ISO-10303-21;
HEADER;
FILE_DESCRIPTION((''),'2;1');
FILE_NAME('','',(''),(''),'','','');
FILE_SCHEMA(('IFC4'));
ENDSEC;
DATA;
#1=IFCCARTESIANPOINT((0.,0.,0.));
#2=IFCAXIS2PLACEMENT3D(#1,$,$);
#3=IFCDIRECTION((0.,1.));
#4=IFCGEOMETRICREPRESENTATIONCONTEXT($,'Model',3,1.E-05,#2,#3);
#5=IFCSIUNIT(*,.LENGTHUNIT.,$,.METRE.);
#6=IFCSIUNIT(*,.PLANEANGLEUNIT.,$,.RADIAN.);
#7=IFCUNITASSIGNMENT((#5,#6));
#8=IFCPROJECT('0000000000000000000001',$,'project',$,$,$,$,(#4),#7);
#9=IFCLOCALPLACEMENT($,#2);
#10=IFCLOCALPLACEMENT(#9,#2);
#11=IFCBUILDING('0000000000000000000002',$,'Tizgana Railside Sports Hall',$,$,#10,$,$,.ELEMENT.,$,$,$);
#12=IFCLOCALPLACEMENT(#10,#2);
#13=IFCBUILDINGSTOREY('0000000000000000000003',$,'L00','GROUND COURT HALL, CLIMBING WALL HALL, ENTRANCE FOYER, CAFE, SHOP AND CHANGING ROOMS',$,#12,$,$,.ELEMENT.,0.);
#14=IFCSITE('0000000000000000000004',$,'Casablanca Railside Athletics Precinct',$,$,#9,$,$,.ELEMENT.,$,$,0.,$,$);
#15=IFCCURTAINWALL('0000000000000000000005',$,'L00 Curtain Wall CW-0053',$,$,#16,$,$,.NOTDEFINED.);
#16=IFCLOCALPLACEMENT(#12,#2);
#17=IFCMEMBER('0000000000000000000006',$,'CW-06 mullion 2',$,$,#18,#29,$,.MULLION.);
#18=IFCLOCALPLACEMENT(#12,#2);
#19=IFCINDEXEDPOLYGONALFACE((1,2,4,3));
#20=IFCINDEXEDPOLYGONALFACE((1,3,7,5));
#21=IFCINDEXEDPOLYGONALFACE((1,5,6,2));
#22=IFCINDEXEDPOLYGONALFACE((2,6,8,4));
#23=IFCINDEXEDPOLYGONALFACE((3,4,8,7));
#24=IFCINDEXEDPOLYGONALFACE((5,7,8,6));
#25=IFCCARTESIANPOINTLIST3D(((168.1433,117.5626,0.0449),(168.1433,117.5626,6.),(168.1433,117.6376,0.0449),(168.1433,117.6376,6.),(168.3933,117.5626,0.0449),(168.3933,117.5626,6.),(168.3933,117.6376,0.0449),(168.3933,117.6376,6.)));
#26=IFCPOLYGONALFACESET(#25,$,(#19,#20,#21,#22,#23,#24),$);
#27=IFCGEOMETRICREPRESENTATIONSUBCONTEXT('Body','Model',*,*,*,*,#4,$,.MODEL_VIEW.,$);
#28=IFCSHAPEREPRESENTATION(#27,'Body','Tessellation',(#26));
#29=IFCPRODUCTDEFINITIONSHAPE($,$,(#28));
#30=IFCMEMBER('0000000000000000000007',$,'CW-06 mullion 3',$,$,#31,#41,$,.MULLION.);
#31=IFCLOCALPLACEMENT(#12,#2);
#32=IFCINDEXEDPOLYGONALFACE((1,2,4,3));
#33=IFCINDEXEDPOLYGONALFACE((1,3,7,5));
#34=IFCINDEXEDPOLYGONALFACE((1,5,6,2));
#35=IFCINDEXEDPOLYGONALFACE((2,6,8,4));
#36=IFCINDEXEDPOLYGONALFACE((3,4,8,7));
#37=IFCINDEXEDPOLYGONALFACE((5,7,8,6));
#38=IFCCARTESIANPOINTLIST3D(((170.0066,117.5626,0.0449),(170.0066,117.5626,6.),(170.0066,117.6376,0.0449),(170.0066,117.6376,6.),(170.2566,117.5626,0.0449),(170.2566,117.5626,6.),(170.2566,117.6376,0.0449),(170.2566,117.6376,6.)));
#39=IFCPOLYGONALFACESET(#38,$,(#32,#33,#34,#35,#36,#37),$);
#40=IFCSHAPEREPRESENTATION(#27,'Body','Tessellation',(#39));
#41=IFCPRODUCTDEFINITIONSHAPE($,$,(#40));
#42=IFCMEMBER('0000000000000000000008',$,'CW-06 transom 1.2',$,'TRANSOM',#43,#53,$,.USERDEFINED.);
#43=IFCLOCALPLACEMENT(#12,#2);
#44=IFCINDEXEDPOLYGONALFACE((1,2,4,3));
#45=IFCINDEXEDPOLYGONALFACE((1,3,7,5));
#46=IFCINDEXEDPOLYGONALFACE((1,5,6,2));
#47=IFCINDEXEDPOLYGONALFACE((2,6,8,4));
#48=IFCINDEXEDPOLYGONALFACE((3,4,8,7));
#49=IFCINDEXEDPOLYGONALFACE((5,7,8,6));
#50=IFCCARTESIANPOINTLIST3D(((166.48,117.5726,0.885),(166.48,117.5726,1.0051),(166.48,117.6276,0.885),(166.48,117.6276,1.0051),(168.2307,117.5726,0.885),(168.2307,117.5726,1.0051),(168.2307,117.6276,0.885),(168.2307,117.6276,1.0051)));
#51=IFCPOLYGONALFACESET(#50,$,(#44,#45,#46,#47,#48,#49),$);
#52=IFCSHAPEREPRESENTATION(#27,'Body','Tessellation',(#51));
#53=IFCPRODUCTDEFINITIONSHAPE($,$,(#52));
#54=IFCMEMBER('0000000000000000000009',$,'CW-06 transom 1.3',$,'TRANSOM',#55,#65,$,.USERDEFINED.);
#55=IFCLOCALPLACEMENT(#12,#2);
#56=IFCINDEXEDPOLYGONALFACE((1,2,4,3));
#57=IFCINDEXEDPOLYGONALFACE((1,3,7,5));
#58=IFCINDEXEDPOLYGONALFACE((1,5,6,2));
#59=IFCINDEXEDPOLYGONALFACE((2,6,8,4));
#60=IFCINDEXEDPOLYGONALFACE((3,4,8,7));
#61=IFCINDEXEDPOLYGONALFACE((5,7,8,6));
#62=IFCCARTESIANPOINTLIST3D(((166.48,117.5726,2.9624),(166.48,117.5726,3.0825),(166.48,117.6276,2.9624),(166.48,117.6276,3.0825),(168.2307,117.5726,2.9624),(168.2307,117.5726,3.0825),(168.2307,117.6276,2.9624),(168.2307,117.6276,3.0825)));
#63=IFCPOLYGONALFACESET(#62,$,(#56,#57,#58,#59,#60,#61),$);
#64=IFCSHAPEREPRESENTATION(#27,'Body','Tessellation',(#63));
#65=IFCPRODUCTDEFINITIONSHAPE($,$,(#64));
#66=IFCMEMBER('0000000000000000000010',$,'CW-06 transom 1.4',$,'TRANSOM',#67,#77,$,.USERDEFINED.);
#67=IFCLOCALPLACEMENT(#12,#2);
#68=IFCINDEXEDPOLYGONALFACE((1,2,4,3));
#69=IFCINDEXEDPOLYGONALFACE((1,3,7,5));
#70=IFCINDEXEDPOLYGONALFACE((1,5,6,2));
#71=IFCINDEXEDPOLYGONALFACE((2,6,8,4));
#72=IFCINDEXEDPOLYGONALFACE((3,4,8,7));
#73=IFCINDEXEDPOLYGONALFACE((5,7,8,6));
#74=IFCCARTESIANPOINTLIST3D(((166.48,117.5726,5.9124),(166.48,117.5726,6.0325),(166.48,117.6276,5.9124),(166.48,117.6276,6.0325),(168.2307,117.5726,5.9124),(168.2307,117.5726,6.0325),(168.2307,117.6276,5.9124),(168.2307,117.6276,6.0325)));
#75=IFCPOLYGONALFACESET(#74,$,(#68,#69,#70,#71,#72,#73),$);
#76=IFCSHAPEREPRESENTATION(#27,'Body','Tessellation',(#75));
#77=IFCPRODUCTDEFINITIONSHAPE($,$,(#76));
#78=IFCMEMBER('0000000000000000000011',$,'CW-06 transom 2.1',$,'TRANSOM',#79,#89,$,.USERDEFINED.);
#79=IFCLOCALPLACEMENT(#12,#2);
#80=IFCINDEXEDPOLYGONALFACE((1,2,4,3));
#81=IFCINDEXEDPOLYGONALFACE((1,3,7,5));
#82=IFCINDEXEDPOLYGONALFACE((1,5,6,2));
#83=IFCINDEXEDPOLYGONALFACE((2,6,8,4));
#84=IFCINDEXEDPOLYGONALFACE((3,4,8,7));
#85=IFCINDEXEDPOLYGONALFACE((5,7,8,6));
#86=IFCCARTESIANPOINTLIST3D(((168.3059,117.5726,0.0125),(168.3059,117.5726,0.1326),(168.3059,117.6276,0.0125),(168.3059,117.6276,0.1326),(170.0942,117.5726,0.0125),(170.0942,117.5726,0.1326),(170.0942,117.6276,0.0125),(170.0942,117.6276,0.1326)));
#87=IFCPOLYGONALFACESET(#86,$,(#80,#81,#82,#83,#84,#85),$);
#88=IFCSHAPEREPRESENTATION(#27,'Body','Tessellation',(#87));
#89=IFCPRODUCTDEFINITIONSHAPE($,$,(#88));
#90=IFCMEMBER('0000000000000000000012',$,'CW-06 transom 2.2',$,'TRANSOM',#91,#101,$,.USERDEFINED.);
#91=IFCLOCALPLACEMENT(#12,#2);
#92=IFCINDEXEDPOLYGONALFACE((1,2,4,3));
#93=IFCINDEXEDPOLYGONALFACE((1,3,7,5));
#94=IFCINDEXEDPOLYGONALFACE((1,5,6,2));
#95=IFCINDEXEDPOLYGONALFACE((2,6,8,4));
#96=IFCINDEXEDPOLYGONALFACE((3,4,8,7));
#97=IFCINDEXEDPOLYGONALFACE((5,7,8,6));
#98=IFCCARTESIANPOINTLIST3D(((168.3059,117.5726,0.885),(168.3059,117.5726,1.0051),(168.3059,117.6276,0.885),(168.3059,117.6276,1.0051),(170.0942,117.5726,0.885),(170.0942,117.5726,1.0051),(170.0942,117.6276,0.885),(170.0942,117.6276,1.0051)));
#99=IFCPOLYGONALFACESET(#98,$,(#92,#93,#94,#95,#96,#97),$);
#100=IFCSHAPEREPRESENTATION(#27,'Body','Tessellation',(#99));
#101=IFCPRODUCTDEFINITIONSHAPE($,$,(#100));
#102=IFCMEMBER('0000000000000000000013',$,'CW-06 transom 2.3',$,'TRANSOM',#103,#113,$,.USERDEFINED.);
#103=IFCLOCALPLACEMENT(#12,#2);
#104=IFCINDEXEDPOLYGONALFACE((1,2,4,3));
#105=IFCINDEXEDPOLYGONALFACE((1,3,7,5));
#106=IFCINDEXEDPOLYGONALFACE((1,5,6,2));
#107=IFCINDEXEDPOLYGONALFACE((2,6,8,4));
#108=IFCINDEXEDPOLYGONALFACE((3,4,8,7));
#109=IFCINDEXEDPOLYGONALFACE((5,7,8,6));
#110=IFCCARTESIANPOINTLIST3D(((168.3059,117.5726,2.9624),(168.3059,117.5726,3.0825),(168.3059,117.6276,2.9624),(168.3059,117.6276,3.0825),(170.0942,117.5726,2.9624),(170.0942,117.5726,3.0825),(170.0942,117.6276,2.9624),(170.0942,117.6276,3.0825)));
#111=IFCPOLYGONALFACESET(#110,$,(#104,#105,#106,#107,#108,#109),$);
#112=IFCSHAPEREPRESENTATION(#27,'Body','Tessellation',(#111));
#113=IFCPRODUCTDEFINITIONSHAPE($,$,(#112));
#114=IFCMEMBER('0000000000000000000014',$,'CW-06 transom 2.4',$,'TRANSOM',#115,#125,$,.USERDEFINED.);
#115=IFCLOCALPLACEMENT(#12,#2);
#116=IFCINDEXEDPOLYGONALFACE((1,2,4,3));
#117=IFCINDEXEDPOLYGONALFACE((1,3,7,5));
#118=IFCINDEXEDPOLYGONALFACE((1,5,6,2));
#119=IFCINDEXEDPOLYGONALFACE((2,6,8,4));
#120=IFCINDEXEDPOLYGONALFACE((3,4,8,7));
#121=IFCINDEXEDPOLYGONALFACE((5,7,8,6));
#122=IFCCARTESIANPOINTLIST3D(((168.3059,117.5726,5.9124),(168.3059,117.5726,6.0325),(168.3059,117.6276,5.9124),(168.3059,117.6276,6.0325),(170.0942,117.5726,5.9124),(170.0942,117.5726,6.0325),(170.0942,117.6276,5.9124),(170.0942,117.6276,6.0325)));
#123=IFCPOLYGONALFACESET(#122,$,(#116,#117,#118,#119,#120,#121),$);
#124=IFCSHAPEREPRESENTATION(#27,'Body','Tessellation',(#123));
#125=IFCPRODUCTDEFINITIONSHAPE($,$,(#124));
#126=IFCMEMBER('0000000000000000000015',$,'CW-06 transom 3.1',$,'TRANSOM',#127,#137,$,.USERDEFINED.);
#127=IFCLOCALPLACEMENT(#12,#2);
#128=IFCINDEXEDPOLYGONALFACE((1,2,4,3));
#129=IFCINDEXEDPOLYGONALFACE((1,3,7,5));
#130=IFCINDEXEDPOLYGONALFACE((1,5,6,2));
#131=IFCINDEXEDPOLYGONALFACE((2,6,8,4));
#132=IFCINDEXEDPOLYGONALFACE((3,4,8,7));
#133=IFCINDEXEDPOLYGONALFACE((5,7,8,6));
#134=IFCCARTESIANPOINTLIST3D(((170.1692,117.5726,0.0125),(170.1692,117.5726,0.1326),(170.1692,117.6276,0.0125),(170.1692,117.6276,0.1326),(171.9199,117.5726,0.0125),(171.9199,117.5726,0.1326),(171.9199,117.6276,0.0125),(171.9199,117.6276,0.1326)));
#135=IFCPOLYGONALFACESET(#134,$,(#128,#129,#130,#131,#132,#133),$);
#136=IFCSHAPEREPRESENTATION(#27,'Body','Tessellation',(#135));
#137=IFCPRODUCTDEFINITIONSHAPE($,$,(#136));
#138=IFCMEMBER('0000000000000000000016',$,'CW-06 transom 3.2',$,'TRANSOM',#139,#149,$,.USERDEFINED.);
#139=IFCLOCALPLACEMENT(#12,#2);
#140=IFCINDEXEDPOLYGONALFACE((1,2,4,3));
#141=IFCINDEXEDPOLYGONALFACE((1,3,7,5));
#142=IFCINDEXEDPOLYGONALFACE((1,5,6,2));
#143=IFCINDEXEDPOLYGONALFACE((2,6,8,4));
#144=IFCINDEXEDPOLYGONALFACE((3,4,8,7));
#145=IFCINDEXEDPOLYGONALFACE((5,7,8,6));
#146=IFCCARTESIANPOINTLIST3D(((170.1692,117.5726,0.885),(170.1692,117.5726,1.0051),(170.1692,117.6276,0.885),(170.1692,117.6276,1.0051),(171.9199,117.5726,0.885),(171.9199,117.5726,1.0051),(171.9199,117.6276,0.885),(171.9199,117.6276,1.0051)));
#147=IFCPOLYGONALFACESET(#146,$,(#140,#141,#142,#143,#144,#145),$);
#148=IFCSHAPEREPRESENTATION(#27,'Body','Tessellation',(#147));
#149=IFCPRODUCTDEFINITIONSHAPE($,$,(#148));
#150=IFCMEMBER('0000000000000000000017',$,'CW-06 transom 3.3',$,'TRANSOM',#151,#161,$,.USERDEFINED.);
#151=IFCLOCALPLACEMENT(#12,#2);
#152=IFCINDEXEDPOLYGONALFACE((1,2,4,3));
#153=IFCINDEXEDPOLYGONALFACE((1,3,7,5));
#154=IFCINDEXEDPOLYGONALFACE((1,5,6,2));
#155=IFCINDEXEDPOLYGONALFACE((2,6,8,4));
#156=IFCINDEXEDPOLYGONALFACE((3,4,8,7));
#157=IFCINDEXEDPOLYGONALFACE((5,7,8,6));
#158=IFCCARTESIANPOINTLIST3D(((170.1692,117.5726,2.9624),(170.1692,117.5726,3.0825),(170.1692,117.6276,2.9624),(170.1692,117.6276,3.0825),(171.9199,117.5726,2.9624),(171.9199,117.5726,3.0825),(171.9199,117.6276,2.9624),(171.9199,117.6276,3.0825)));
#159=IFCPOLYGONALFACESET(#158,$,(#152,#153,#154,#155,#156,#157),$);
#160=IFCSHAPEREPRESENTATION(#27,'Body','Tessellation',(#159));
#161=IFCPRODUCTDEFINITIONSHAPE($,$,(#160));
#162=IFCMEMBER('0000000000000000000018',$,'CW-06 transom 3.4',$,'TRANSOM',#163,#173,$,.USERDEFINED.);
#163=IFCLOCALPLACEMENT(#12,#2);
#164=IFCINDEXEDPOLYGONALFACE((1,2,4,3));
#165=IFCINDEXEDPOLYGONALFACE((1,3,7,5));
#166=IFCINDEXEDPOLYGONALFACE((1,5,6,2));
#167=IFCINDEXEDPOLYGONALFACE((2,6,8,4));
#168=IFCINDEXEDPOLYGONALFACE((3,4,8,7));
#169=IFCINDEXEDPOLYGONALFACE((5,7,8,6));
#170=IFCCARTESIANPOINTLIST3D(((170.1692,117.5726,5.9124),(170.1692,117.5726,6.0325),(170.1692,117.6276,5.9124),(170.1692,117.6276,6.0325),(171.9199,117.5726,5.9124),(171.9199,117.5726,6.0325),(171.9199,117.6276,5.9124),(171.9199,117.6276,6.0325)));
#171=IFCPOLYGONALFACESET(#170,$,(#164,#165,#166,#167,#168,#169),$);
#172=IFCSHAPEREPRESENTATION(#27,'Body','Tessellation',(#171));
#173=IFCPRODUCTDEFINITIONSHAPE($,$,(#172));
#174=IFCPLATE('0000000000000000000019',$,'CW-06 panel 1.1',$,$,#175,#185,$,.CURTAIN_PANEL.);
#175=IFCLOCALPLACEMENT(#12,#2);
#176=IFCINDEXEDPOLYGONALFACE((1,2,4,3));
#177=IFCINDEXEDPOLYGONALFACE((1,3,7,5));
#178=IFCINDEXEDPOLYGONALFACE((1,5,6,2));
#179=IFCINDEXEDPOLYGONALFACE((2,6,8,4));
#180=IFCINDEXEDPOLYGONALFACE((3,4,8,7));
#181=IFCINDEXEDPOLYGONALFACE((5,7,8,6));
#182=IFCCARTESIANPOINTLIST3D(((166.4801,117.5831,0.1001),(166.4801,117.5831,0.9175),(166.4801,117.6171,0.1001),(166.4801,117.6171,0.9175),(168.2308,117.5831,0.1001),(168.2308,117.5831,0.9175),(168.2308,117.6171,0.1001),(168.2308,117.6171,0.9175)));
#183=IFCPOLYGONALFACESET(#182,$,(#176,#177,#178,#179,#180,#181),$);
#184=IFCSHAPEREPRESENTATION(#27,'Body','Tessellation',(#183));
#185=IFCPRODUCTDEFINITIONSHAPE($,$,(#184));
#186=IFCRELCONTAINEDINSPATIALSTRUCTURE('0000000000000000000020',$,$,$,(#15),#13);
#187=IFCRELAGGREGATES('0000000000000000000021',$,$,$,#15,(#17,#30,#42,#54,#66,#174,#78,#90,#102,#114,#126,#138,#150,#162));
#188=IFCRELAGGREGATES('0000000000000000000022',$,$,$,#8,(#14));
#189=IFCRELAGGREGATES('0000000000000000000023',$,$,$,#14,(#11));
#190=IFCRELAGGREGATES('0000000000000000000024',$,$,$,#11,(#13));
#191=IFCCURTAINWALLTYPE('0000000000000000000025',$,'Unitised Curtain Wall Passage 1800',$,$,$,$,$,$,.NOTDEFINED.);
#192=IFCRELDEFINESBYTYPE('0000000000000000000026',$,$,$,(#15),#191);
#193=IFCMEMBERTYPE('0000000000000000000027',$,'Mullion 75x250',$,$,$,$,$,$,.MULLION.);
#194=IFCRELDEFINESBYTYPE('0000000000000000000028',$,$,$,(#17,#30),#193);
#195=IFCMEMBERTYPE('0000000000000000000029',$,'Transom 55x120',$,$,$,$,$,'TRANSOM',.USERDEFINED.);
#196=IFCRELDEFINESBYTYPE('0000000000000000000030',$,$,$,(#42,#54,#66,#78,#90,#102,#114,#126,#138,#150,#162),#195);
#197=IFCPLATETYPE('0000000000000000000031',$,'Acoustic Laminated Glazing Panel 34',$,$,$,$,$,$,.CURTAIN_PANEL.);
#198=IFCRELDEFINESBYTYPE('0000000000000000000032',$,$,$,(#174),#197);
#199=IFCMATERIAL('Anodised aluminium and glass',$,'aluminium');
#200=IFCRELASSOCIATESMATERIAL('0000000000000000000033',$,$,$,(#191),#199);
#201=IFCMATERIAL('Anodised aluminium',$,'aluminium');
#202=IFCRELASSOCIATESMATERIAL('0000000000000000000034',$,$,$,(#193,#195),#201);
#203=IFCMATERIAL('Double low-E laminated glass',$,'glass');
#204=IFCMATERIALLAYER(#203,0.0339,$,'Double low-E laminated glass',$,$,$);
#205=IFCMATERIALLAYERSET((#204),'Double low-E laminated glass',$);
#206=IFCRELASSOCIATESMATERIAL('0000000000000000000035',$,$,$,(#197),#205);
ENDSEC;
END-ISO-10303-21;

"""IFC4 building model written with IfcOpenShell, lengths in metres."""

from ifc_helpers import new_model, si_unit, direction, frame, origin, origin_2d, place, context, subcontext, project, spatial, rectangle, extrude, material, layer, layer_set, material_profile, profile_set, type_object, element, aggregate, save


model = new_model("IFC4")

# Units and contexts
model_context = context("Model", 3, precision=1e-05, world=origin(), true_north=direction((0.0, 1.0)))
body_context = subcontext(model_context, "Body", "Model", "MODEL_VIEW")
ifc_project = project(units=[si_unit("LENGTHUNIT", "METRE"), si_unit("PLANEANGLEUNIT", "RADIAN")], contexts=[model_context])

# Site, building, storey
site_placement = place(None, origin())
site = spatial("IfcSite", under=ifc_project, at=site_placement, Name="Casablanca Railside Athletics Precinct", CompositionType="ELEMENT", RefElevation=0.0)
building_placement = place(site_placement, origin())
building = spatial("IfcBuilding", under=site, at=building_placement, Name="Tizgana Railside Sports Hall", CompositionType="ELEMENT")
storey_placement = place(building_placement, origin())
storey = spatial("IfcBuildingStorey", under=building, at=storey_placement, Name="L00", Description="GROUND COURT HALL, CLIMBING WALL HALL, ENTRANCE FOYER, CAFE, SHOP AND CHANGING ROOMS", CompositionType="ELEMENT", Elevation=0.0)

# Curtain wall, members, plate
ifc_material_1 = material(Name="Anodised aluminium and glass", Category="aluminium")
curtain_wall_type = type_object("IfcCurtainWallType", Name="Unitised Curtain Wall Passage 1800", PredefinedType="NOTDEFINED", material=ifc_material_1)
curtain_wall_placement = place(storey_placement, origin())
curtain_wall = element("IfcCurtainWall", 1, at=curtain_wall_placement, inside=storey, type_object=curtain_wall_type, Name="L00 Curtain Wall CW-0053", PredefinedType="NOTDEFINED")
ifc_material_2 = material(Name="Anodised aluminium", Category="aluminium")
ifc_material_profile_1 = material_profile(ifc_material_2, rectangle(XDim=0.075, YDim=0.25, at=origin_2d()), Name="Mullion 75x250")
ifc_profile_set_1 = profile_set([ifc_material_profile_1], Name="Anodised aluminium")
member_type_1 = type_object("IfcMemberType", Name="Mullion 75x250", PredefinedType="MULLION", material=ifc_profile_set_1)
member_1_placement = place(storey_placement, frame((168.2683, 117.6001, 0.0449), z_axis=(0.0, 0.0, 1.0), x_axis=(0.0, 1.0, 0.0)))
member_1 = element("IfcMember", 2, at=member_1_placement, type_object=member_type_1, Name="CW-06 mullion 2", PredefinedType="MULLION", context=body_context, shape_type="SweptSolid", body=[
    extrude(rectangle(XDim=0.075, YDim=0.25, at=origin_2d()), origin(), (0.0, 0.0, 1.0), 5.9551),
])
member_2_placement = place(storey_placement, frame((170.1316, 117.6001, 0.0449), z_axis=(0.0, 0.0, 1.0), x_axis=(0.0, 1.0, 0.0)))
member_2 = element("IfcMember", 3, at=member_2_placement, type_object=member_type_1, Name="CW-06 mullion 3", PredefinedType="MULLION", context=body_context, shape_type="SweptSolid", body=[
    extrude(rectangle(XDim=0.075, YDim=0.25, at=origin_2d()), origin(), (0.0, 0.0, 1.0), 5.9551),
])
ifc_material_profile_2 = material_profile(ifc_material_2, rectangle(XDim=0.0549, YDim=0.1201, at=origin_2d()), Name="Transom 55x120")
ifc_profile_set_2 = profile_set([ifc_material_profile_2], Name="Anodised aluminium")
member_type_2 = type_object("IfcMemberType", Name="Transom 55x120", ElementType="TRANSOM", PredefinedType="USERDEFINED", material=ifc_profile_set_2)
member_3_placement = place(storey_placement, frame((166.48, 117.6001, 0.9451), z_axis=(1.0, 0.0, 0.0), x_axis=(0.0, 1.0, 0.0)))
member_3 = element("IfcMember", 4, at=member_3_placement, type_object=member_type_2, Name="CW-06 transom 1.2", ObjectType="TRANSOM", PredefinedType="USERDEFINED", context=body_context, shape_type="SweptSolid", body=[
    extrude(rectangle(XDim=0.0549, YDim=0.1201, at=origin_2d()), origin(), (0.0, 0.0, 1.0), 1.7507),
])
member_4_placement = place(storey_placement, frame((166.48, 117.6001, 3.0225), z_axis=(1.0, 0.0, 0.0), x_axis=(0.0, 1.0, 0.0)))
member_4 = element("IfcMember", 5, at=member_4_placement, type_object=member_type_2, Name="CW-06 transom 1.3", ObjectType="TRANSOM", PredefinedType="USERDEFINED", context=body_context, shape_type="SweptSolid", body=[
    extrude(rectangle(XDim=0.0549, YDim=0.1201, at=origin_2d()), origin(), (0.0, 0.0, 1.0), 1.7507),
])
member_5_placement = place(storey_placement, frame((166.48, 117.6001, 5.9724), z_axis=(1.0, 0.0, 0.0), x_axis=(0.0, 1.0, 0.0)))
member_5 = element("IfcMember", 6, at=member_5_placement, type_object=member_type_2, Name="CW-06 transom 1.4", ObjectType="TRANSOM", PredefinedType="USERDEFINED", context=body_context, shape_type="SweptSolid", body=[
    extrude(rectangle(XDim=0.0549, YDim=0.1201, at=origin_2d()), origin(), (0.0, 0.0, 1.0), 1.7507),
])
member_6_placement = place(storey_placement, frame((168.3059, 117.6001, 0.0725), z_axis=(1.0, 0.0, 0.0), x_axis=(0.0, 1.0, 0.0)))
member_6 = element("IfcMember", 7, at=member_6_placement, type_object=member_type_2, Name="CW-06 transom 2.1", ObjectType="TRANSOM", PredefinedType="USERDEFINED", context=body_context, shape_type="SweptSolid", body=[
    extrude(rectangle(XDim=0.0549, YDim=0.1201, at=origin_2d()), origin(), (0.0, 0.0, 1.0), 1.7883),
])
member_7_placement = place(storey_placement, frame((168.3059, 117.6001, 0.9451), z_axis=(1.0, 0.0, 0.0), x_axis=(0.0, 1.0, 0.0)))
member_7 = element("IfcMember", 8, at=member_7_placement, type_object=member_type_2, Name="CW-06 transom 2.2", ObjectType="TRANSOM", PredefinedType="USERDEFINED", context=body_context, shape_type="SweptSolid", body=[
    extrude(rectangle(XDim=0.0549, YDim=0.1201, at=origin_2d()), origin(), (0.0, 0.0, 1.0), 1.7883),
])
member_8_placement = place(storey_placement, frame((168.3059, 117.6001, 3.0225), z_axis=(1.0, 0.0, 0.0), x_axis=(0.0, 1.0, 0.0)))
member_8 = element("IfcMember", 9, at=member_8_placement, type_object=member_type_2, Name="CW-06 transom 2.3", ObjectType="TRANSOM", PredefinedType="USERDEFINED", context=body_context, shape_type="SweptSolid", body=[
    extrude(rectangle(XDim=0.0549, YDim=0.1201, at=origin_2d()), origin(), (0.0, 0.0, 1.0), 1.7883),
])
member_9_placement = place(storey_placement, frame((168.3059, 117.6001, 5.9724), z_axis=(1.0, 0.0, 0.0), x_axis=(0.0, 1.0, 0.0)))
member_9 = element("IfcMember", 10, at=member_9_placement, type_object=member_type_2, Name="CW-06 transom 2.4", ObjectType="TRANSOM", PredefinedType="USERDEFINED", context=body_context, shape_type="SweptSolid", body=[
    extrude(rectangle(XDim=0.0549, YDim=0.1201, at=origin_2d()), origin(), (0.0, 0.0, 1.0), 1.7883),
])
member_10_placement = place(storey_placement, frame((170.1692, 117.6001, 0.0725), z_axis=(1.0, 0.0, 0.0), x_axis=(0.0, 1.0, 0.0)))
member_10 = element("IfcMember", 11, at=member_10_placement, type_object=member_type_2, Name="CW-06 transom 3.1", ObjectType="TRANSOM", PredefinedType="USERDEFINED", context=body_context, shape_type="SweptSolid", body=[
    extrude(rectangle(XDim=0.0549, YDim=0.1201, at=origin_2d()), origin(), (0.0, 0.0, 1.0), 1.7507),
])
member_11_placement = place(storey_placement, frame((170.1692, 117.6001, 0.9451), z_axis=(1.0, 0.0, 0.0), x_axis=(0.0, 1.0, 0.0)))
member_11 = element("IfcMember", 12, at=member_11_placement, type_object=member_type_2, Name="CW-06 transom 3.2", ObjectType="TRANSOM", PredefinedType="USERDEFINED", context=body_context, shape_type="SweptSolid", body=[
    extrude(rectangle(XDim=0.0549, YDim=0.1201, at=origin_2d()), origin(), (0.0, 0.0, 1.0), 1.7507),
])
member_12_placement = place(storey_placement, frame((170.1692, 117.6001, 3.0225), z_axis=(1.0, 0.0, 0.0), x_axis=(0.0, 1.0, 0.0)))
member_12 = element("IfcMember", 13, at=member_12_placement, type_object=member_type_2, Name="CW-06 transom 3.3", ObjectType="TRANSOM", PredefinedType="USERDEFINED", context=body_context, shape_type="SweptSolid", body=[
    extrude(rectangle(XDim=0.0549, YDim=0.1201, at=origin_2d()), origin(), (0.0, 0.0, 1.0), 1.7507),
])
member_13_placement = place(storey_placement, frame((170.1692, 117.6001, 5.9724), z_axis=(1.0, 0.0, 0.0), x_axis=(0.0, 1.0, 0.0)))
member_13 = element("IfcMember", 14, at=member_13_placement, type_object=member_type_2, Name="CW-06 transom 3.4", ObjectType="TRANSOM", PredefinedType="USERDEFINED", context=body_context, shape_type="SweptSolid", body=[
    extrude(rectangle(XDim=0.0549, YDim=0.1201, at=origin_2d()), origin(), (0.0, 0.0, 1.0), 1.7507),
])
ifc_material_3 = material(Name="Double low-E laminated glass", Category="glass")
ifc_layer_1 = layer(ifc_material_3, 0.0339, Name="Double low-E laminated glass")
ifc_layer_set_1 = layer_set([ifc_layer_1], Name="Double low-E laminated glass")
plate_type = type_object("IfcPlateType", Name="Acoustic Laminated Glazing Panel 34", PredefinedType="CURTAIN_PANEL", material=ifc_layer_set_1)
plate_1_placement = place(storey_placement, frame((167.3555, 117.6001, 0.1001), z_axis=(0.0, 0.0, 1.0), x_axis=(1.0, 0.0, 0.0)))
plate_1 = element("IfcPlate", 15, at=plate_1_placement, type_object=plate_type, Name="CW-06 panel 1.1", PredefinedType="CURTAIN_PANEL", context=body_context, shape_type="SweptSolid", body=[
    extrude(rectangle(XDim=1.7507, YDim=0.0339, at=origin_2d()), origin(), (0.0, 0.0, 1.0), 0.8174),
])
aggregate(curtain_wall, [member_1, member_2, member_3, member_4, member_5, plate_1, member_6, member_7, member_8, member_9, member_10, member_11, member_12, member_13])

save(model, "model.ifc")
